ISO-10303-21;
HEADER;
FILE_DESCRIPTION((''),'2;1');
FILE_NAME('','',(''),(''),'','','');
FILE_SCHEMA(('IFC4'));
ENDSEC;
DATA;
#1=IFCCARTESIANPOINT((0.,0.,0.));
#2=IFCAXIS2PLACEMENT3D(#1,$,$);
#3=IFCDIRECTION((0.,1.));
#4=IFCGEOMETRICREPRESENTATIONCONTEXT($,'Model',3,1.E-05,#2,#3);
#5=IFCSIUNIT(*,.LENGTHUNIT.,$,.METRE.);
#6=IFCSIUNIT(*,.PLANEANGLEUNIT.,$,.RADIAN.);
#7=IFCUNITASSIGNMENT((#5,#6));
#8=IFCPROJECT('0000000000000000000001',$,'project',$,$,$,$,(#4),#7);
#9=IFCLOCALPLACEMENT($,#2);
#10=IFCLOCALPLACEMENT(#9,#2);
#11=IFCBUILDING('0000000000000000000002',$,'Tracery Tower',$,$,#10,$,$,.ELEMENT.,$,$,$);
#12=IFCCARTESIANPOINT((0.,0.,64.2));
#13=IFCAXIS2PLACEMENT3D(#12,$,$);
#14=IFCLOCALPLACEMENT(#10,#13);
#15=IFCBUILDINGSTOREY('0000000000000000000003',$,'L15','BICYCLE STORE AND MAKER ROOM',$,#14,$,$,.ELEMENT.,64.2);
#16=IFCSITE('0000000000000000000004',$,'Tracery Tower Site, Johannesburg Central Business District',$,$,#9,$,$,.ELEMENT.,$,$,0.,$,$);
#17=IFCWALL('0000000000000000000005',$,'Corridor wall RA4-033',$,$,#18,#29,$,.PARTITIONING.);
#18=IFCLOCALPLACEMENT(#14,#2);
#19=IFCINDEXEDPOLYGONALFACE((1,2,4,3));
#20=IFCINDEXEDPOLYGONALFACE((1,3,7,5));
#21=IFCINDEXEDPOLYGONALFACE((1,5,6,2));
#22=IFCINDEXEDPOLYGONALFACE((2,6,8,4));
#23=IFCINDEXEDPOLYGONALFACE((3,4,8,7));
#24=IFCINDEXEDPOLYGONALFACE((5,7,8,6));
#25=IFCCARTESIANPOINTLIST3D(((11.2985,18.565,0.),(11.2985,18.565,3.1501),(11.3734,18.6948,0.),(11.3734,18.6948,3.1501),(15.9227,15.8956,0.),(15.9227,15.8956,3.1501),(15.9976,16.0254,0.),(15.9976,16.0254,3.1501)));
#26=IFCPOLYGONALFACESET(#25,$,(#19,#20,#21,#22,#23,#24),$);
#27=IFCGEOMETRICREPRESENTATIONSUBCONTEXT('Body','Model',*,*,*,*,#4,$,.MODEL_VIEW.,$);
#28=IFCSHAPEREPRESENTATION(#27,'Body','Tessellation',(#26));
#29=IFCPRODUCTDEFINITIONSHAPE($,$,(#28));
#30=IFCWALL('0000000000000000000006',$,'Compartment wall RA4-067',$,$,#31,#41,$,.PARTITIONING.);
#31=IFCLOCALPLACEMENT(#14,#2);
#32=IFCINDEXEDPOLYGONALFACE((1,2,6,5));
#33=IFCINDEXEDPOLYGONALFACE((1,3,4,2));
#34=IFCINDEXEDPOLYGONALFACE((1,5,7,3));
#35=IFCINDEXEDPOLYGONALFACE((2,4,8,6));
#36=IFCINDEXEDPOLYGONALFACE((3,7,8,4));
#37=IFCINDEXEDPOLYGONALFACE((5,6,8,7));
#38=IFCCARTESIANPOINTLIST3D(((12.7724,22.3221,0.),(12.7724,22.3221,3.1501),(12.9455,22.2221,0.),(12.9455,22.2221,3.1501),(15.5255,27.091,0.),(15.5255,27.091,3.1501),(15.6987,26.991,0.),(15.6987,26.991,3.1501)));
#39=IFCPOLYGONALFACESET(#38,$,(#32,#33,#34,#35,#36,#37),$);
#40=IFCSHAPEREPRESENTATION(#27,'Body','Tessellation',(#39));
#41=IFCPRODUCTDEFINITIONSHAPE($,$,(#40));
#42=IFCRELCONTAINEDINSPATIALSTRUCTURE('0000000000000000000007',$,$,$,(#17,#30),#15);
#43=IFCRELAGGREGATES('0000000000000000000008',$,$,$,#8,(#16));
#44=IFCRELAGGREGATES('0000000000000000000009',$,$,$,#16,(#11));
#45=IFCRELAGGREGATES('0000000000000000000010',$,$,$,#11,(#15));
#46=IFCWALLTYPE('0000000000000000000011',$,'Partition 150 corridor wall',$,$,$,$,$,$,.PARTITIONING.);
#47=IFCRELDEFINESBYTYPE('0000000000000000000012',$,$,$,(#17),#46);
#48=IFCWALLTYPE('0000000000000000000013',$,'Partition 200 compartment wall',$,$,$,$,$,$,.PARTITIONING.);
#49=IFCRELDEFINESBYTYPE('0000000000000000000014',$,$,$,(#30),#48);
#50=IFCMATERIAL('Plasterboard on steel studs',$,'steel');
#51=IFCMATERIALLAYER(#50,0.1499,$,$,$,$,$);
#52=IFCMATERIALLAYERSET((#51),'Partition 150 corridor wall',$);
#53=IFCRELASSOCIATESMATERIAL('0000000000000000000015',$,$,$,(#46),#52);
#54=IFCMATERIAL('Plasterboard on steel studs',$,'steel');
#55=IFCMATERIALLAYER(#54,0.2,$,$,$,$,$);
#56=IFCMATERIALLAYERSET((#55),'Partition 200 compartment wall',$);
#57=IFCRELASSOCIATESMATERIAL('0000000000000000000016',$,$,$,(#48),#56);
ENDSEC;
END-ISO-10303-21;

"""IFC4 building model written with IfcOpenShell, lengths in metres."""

from ifc_helpers import new_model, si_unit, direction, frame, frame_2d, origin, place, context, subcontext, project, spatial, rectangle, extrude, material, layer, layer_set, type_object, element, save


model = new_model("IFC4")

# Units and contexts
model_context = context("Model", 3, precision=1e-05, world=origin(), true_north=direction((0.0, 1.0)))
body_context = subcontext(model_context, "Body", "Model", "MODEL_VIEW")
ifc_project = project(units=[si_unit("LENGTHUNIT", "METRE"), si_unit("PLANEANGLEUNIT", "RADIAN")], contexts=[model_context])

# Site, building, storey
site_placement = place(None, origin())
site = spatial("IfcSite", under=ifc_project, at=site_placement, Name="Tracery Tower Site, Johannesburg Central Business District", CompositionType="ELEMENT", RefElevation=0.0)
building_placement = place(site_placement, origin())
building = spatial("IfcBuilding", under=site, at=building_placement, Name="Tracery Tower", CompositionType="ELEMENT")
storey_placement = place(building_placement, frame((0.0, 0.0, 64.2)))
storey = spatial("IfcBuildingStorey", under=building, at=storey_placement, Name="L15", Description="BICYCLE STORE AND MAKER ROOM", CompositionType="ELEMENT", Elevation=64.2)

# Shared definitions
ifc_material_1 = material(Name="Plasterboard on steel studs", Category="steel")
ifc_layer_1 = layer(ifc_material_1, 0.1499)
ifc_layer_set_1 = layer_set([ifc_layer_1], Name="Partition 150 corridor wall")
wall_type_1 = type_object("IfcWallType", Name="Partition 150 corridor wall", PredefinedType="PARTITIONING", material=ifc_layer_set_1)

# Walls
wall_1_placement = place(storey_placement, frame((11.3359, 18.6299, 0.0), z_axis=(0.0, 0.0, 1.0), x_axis=(0.866057, -0.499945, 0.0)))
element("IfcWall", 1, at=wall_1_placement, inside=storey, type_object=wall_type_1, Name="Corridor wall RA4-033", PredefinedType="PARTITIONING", context=body_context, shape_type="SweptSolid", body=[
    extrude(rectangle(XDim=5.3394, YDim=0.1499, at=frame_2d((2.6697, 0.0))), origin(), (0.0, 0.0, 1.0), 3.1501),
])
ifc_material_2 = material(Name="Plasterboard on steel studs", Category="steel")
ifc_layer_2 = layer(ifc_material_2, 0.2)
ifc_layer_set_2 = layer_set([ifc_layer_2], Name="Partition 200 compartment wall")
wall_type_2 = type_object("IfcWallType", Name="Partition 200 compartment wall", PredefinedType="PARTITIONING", material=ifc_layer_set_2)
wall_2_placement = place(storey_placement, frame((12.8589, 22.272, 0.0), z_axis=(0.0, 0.0, 1.0), x_axis=(0.499968, 0.866044, 0.0)))
element("IfcWall", 2, at=wall_2_placement, inside=storey, type_object=wall_type_2, Name="Compartment wall RA4-067", PredefinedType="PARTITIONING", context=body_context, shape_type="SweptSolid", body=[
    extrude(rectangle(XDim=5.5066, YDim=0.2, at=frame_2d((2.7534, 0.0))), origin(), (0.0, 0.0, 1.0), 3.1501),
])

save(model, "model.ifc")
